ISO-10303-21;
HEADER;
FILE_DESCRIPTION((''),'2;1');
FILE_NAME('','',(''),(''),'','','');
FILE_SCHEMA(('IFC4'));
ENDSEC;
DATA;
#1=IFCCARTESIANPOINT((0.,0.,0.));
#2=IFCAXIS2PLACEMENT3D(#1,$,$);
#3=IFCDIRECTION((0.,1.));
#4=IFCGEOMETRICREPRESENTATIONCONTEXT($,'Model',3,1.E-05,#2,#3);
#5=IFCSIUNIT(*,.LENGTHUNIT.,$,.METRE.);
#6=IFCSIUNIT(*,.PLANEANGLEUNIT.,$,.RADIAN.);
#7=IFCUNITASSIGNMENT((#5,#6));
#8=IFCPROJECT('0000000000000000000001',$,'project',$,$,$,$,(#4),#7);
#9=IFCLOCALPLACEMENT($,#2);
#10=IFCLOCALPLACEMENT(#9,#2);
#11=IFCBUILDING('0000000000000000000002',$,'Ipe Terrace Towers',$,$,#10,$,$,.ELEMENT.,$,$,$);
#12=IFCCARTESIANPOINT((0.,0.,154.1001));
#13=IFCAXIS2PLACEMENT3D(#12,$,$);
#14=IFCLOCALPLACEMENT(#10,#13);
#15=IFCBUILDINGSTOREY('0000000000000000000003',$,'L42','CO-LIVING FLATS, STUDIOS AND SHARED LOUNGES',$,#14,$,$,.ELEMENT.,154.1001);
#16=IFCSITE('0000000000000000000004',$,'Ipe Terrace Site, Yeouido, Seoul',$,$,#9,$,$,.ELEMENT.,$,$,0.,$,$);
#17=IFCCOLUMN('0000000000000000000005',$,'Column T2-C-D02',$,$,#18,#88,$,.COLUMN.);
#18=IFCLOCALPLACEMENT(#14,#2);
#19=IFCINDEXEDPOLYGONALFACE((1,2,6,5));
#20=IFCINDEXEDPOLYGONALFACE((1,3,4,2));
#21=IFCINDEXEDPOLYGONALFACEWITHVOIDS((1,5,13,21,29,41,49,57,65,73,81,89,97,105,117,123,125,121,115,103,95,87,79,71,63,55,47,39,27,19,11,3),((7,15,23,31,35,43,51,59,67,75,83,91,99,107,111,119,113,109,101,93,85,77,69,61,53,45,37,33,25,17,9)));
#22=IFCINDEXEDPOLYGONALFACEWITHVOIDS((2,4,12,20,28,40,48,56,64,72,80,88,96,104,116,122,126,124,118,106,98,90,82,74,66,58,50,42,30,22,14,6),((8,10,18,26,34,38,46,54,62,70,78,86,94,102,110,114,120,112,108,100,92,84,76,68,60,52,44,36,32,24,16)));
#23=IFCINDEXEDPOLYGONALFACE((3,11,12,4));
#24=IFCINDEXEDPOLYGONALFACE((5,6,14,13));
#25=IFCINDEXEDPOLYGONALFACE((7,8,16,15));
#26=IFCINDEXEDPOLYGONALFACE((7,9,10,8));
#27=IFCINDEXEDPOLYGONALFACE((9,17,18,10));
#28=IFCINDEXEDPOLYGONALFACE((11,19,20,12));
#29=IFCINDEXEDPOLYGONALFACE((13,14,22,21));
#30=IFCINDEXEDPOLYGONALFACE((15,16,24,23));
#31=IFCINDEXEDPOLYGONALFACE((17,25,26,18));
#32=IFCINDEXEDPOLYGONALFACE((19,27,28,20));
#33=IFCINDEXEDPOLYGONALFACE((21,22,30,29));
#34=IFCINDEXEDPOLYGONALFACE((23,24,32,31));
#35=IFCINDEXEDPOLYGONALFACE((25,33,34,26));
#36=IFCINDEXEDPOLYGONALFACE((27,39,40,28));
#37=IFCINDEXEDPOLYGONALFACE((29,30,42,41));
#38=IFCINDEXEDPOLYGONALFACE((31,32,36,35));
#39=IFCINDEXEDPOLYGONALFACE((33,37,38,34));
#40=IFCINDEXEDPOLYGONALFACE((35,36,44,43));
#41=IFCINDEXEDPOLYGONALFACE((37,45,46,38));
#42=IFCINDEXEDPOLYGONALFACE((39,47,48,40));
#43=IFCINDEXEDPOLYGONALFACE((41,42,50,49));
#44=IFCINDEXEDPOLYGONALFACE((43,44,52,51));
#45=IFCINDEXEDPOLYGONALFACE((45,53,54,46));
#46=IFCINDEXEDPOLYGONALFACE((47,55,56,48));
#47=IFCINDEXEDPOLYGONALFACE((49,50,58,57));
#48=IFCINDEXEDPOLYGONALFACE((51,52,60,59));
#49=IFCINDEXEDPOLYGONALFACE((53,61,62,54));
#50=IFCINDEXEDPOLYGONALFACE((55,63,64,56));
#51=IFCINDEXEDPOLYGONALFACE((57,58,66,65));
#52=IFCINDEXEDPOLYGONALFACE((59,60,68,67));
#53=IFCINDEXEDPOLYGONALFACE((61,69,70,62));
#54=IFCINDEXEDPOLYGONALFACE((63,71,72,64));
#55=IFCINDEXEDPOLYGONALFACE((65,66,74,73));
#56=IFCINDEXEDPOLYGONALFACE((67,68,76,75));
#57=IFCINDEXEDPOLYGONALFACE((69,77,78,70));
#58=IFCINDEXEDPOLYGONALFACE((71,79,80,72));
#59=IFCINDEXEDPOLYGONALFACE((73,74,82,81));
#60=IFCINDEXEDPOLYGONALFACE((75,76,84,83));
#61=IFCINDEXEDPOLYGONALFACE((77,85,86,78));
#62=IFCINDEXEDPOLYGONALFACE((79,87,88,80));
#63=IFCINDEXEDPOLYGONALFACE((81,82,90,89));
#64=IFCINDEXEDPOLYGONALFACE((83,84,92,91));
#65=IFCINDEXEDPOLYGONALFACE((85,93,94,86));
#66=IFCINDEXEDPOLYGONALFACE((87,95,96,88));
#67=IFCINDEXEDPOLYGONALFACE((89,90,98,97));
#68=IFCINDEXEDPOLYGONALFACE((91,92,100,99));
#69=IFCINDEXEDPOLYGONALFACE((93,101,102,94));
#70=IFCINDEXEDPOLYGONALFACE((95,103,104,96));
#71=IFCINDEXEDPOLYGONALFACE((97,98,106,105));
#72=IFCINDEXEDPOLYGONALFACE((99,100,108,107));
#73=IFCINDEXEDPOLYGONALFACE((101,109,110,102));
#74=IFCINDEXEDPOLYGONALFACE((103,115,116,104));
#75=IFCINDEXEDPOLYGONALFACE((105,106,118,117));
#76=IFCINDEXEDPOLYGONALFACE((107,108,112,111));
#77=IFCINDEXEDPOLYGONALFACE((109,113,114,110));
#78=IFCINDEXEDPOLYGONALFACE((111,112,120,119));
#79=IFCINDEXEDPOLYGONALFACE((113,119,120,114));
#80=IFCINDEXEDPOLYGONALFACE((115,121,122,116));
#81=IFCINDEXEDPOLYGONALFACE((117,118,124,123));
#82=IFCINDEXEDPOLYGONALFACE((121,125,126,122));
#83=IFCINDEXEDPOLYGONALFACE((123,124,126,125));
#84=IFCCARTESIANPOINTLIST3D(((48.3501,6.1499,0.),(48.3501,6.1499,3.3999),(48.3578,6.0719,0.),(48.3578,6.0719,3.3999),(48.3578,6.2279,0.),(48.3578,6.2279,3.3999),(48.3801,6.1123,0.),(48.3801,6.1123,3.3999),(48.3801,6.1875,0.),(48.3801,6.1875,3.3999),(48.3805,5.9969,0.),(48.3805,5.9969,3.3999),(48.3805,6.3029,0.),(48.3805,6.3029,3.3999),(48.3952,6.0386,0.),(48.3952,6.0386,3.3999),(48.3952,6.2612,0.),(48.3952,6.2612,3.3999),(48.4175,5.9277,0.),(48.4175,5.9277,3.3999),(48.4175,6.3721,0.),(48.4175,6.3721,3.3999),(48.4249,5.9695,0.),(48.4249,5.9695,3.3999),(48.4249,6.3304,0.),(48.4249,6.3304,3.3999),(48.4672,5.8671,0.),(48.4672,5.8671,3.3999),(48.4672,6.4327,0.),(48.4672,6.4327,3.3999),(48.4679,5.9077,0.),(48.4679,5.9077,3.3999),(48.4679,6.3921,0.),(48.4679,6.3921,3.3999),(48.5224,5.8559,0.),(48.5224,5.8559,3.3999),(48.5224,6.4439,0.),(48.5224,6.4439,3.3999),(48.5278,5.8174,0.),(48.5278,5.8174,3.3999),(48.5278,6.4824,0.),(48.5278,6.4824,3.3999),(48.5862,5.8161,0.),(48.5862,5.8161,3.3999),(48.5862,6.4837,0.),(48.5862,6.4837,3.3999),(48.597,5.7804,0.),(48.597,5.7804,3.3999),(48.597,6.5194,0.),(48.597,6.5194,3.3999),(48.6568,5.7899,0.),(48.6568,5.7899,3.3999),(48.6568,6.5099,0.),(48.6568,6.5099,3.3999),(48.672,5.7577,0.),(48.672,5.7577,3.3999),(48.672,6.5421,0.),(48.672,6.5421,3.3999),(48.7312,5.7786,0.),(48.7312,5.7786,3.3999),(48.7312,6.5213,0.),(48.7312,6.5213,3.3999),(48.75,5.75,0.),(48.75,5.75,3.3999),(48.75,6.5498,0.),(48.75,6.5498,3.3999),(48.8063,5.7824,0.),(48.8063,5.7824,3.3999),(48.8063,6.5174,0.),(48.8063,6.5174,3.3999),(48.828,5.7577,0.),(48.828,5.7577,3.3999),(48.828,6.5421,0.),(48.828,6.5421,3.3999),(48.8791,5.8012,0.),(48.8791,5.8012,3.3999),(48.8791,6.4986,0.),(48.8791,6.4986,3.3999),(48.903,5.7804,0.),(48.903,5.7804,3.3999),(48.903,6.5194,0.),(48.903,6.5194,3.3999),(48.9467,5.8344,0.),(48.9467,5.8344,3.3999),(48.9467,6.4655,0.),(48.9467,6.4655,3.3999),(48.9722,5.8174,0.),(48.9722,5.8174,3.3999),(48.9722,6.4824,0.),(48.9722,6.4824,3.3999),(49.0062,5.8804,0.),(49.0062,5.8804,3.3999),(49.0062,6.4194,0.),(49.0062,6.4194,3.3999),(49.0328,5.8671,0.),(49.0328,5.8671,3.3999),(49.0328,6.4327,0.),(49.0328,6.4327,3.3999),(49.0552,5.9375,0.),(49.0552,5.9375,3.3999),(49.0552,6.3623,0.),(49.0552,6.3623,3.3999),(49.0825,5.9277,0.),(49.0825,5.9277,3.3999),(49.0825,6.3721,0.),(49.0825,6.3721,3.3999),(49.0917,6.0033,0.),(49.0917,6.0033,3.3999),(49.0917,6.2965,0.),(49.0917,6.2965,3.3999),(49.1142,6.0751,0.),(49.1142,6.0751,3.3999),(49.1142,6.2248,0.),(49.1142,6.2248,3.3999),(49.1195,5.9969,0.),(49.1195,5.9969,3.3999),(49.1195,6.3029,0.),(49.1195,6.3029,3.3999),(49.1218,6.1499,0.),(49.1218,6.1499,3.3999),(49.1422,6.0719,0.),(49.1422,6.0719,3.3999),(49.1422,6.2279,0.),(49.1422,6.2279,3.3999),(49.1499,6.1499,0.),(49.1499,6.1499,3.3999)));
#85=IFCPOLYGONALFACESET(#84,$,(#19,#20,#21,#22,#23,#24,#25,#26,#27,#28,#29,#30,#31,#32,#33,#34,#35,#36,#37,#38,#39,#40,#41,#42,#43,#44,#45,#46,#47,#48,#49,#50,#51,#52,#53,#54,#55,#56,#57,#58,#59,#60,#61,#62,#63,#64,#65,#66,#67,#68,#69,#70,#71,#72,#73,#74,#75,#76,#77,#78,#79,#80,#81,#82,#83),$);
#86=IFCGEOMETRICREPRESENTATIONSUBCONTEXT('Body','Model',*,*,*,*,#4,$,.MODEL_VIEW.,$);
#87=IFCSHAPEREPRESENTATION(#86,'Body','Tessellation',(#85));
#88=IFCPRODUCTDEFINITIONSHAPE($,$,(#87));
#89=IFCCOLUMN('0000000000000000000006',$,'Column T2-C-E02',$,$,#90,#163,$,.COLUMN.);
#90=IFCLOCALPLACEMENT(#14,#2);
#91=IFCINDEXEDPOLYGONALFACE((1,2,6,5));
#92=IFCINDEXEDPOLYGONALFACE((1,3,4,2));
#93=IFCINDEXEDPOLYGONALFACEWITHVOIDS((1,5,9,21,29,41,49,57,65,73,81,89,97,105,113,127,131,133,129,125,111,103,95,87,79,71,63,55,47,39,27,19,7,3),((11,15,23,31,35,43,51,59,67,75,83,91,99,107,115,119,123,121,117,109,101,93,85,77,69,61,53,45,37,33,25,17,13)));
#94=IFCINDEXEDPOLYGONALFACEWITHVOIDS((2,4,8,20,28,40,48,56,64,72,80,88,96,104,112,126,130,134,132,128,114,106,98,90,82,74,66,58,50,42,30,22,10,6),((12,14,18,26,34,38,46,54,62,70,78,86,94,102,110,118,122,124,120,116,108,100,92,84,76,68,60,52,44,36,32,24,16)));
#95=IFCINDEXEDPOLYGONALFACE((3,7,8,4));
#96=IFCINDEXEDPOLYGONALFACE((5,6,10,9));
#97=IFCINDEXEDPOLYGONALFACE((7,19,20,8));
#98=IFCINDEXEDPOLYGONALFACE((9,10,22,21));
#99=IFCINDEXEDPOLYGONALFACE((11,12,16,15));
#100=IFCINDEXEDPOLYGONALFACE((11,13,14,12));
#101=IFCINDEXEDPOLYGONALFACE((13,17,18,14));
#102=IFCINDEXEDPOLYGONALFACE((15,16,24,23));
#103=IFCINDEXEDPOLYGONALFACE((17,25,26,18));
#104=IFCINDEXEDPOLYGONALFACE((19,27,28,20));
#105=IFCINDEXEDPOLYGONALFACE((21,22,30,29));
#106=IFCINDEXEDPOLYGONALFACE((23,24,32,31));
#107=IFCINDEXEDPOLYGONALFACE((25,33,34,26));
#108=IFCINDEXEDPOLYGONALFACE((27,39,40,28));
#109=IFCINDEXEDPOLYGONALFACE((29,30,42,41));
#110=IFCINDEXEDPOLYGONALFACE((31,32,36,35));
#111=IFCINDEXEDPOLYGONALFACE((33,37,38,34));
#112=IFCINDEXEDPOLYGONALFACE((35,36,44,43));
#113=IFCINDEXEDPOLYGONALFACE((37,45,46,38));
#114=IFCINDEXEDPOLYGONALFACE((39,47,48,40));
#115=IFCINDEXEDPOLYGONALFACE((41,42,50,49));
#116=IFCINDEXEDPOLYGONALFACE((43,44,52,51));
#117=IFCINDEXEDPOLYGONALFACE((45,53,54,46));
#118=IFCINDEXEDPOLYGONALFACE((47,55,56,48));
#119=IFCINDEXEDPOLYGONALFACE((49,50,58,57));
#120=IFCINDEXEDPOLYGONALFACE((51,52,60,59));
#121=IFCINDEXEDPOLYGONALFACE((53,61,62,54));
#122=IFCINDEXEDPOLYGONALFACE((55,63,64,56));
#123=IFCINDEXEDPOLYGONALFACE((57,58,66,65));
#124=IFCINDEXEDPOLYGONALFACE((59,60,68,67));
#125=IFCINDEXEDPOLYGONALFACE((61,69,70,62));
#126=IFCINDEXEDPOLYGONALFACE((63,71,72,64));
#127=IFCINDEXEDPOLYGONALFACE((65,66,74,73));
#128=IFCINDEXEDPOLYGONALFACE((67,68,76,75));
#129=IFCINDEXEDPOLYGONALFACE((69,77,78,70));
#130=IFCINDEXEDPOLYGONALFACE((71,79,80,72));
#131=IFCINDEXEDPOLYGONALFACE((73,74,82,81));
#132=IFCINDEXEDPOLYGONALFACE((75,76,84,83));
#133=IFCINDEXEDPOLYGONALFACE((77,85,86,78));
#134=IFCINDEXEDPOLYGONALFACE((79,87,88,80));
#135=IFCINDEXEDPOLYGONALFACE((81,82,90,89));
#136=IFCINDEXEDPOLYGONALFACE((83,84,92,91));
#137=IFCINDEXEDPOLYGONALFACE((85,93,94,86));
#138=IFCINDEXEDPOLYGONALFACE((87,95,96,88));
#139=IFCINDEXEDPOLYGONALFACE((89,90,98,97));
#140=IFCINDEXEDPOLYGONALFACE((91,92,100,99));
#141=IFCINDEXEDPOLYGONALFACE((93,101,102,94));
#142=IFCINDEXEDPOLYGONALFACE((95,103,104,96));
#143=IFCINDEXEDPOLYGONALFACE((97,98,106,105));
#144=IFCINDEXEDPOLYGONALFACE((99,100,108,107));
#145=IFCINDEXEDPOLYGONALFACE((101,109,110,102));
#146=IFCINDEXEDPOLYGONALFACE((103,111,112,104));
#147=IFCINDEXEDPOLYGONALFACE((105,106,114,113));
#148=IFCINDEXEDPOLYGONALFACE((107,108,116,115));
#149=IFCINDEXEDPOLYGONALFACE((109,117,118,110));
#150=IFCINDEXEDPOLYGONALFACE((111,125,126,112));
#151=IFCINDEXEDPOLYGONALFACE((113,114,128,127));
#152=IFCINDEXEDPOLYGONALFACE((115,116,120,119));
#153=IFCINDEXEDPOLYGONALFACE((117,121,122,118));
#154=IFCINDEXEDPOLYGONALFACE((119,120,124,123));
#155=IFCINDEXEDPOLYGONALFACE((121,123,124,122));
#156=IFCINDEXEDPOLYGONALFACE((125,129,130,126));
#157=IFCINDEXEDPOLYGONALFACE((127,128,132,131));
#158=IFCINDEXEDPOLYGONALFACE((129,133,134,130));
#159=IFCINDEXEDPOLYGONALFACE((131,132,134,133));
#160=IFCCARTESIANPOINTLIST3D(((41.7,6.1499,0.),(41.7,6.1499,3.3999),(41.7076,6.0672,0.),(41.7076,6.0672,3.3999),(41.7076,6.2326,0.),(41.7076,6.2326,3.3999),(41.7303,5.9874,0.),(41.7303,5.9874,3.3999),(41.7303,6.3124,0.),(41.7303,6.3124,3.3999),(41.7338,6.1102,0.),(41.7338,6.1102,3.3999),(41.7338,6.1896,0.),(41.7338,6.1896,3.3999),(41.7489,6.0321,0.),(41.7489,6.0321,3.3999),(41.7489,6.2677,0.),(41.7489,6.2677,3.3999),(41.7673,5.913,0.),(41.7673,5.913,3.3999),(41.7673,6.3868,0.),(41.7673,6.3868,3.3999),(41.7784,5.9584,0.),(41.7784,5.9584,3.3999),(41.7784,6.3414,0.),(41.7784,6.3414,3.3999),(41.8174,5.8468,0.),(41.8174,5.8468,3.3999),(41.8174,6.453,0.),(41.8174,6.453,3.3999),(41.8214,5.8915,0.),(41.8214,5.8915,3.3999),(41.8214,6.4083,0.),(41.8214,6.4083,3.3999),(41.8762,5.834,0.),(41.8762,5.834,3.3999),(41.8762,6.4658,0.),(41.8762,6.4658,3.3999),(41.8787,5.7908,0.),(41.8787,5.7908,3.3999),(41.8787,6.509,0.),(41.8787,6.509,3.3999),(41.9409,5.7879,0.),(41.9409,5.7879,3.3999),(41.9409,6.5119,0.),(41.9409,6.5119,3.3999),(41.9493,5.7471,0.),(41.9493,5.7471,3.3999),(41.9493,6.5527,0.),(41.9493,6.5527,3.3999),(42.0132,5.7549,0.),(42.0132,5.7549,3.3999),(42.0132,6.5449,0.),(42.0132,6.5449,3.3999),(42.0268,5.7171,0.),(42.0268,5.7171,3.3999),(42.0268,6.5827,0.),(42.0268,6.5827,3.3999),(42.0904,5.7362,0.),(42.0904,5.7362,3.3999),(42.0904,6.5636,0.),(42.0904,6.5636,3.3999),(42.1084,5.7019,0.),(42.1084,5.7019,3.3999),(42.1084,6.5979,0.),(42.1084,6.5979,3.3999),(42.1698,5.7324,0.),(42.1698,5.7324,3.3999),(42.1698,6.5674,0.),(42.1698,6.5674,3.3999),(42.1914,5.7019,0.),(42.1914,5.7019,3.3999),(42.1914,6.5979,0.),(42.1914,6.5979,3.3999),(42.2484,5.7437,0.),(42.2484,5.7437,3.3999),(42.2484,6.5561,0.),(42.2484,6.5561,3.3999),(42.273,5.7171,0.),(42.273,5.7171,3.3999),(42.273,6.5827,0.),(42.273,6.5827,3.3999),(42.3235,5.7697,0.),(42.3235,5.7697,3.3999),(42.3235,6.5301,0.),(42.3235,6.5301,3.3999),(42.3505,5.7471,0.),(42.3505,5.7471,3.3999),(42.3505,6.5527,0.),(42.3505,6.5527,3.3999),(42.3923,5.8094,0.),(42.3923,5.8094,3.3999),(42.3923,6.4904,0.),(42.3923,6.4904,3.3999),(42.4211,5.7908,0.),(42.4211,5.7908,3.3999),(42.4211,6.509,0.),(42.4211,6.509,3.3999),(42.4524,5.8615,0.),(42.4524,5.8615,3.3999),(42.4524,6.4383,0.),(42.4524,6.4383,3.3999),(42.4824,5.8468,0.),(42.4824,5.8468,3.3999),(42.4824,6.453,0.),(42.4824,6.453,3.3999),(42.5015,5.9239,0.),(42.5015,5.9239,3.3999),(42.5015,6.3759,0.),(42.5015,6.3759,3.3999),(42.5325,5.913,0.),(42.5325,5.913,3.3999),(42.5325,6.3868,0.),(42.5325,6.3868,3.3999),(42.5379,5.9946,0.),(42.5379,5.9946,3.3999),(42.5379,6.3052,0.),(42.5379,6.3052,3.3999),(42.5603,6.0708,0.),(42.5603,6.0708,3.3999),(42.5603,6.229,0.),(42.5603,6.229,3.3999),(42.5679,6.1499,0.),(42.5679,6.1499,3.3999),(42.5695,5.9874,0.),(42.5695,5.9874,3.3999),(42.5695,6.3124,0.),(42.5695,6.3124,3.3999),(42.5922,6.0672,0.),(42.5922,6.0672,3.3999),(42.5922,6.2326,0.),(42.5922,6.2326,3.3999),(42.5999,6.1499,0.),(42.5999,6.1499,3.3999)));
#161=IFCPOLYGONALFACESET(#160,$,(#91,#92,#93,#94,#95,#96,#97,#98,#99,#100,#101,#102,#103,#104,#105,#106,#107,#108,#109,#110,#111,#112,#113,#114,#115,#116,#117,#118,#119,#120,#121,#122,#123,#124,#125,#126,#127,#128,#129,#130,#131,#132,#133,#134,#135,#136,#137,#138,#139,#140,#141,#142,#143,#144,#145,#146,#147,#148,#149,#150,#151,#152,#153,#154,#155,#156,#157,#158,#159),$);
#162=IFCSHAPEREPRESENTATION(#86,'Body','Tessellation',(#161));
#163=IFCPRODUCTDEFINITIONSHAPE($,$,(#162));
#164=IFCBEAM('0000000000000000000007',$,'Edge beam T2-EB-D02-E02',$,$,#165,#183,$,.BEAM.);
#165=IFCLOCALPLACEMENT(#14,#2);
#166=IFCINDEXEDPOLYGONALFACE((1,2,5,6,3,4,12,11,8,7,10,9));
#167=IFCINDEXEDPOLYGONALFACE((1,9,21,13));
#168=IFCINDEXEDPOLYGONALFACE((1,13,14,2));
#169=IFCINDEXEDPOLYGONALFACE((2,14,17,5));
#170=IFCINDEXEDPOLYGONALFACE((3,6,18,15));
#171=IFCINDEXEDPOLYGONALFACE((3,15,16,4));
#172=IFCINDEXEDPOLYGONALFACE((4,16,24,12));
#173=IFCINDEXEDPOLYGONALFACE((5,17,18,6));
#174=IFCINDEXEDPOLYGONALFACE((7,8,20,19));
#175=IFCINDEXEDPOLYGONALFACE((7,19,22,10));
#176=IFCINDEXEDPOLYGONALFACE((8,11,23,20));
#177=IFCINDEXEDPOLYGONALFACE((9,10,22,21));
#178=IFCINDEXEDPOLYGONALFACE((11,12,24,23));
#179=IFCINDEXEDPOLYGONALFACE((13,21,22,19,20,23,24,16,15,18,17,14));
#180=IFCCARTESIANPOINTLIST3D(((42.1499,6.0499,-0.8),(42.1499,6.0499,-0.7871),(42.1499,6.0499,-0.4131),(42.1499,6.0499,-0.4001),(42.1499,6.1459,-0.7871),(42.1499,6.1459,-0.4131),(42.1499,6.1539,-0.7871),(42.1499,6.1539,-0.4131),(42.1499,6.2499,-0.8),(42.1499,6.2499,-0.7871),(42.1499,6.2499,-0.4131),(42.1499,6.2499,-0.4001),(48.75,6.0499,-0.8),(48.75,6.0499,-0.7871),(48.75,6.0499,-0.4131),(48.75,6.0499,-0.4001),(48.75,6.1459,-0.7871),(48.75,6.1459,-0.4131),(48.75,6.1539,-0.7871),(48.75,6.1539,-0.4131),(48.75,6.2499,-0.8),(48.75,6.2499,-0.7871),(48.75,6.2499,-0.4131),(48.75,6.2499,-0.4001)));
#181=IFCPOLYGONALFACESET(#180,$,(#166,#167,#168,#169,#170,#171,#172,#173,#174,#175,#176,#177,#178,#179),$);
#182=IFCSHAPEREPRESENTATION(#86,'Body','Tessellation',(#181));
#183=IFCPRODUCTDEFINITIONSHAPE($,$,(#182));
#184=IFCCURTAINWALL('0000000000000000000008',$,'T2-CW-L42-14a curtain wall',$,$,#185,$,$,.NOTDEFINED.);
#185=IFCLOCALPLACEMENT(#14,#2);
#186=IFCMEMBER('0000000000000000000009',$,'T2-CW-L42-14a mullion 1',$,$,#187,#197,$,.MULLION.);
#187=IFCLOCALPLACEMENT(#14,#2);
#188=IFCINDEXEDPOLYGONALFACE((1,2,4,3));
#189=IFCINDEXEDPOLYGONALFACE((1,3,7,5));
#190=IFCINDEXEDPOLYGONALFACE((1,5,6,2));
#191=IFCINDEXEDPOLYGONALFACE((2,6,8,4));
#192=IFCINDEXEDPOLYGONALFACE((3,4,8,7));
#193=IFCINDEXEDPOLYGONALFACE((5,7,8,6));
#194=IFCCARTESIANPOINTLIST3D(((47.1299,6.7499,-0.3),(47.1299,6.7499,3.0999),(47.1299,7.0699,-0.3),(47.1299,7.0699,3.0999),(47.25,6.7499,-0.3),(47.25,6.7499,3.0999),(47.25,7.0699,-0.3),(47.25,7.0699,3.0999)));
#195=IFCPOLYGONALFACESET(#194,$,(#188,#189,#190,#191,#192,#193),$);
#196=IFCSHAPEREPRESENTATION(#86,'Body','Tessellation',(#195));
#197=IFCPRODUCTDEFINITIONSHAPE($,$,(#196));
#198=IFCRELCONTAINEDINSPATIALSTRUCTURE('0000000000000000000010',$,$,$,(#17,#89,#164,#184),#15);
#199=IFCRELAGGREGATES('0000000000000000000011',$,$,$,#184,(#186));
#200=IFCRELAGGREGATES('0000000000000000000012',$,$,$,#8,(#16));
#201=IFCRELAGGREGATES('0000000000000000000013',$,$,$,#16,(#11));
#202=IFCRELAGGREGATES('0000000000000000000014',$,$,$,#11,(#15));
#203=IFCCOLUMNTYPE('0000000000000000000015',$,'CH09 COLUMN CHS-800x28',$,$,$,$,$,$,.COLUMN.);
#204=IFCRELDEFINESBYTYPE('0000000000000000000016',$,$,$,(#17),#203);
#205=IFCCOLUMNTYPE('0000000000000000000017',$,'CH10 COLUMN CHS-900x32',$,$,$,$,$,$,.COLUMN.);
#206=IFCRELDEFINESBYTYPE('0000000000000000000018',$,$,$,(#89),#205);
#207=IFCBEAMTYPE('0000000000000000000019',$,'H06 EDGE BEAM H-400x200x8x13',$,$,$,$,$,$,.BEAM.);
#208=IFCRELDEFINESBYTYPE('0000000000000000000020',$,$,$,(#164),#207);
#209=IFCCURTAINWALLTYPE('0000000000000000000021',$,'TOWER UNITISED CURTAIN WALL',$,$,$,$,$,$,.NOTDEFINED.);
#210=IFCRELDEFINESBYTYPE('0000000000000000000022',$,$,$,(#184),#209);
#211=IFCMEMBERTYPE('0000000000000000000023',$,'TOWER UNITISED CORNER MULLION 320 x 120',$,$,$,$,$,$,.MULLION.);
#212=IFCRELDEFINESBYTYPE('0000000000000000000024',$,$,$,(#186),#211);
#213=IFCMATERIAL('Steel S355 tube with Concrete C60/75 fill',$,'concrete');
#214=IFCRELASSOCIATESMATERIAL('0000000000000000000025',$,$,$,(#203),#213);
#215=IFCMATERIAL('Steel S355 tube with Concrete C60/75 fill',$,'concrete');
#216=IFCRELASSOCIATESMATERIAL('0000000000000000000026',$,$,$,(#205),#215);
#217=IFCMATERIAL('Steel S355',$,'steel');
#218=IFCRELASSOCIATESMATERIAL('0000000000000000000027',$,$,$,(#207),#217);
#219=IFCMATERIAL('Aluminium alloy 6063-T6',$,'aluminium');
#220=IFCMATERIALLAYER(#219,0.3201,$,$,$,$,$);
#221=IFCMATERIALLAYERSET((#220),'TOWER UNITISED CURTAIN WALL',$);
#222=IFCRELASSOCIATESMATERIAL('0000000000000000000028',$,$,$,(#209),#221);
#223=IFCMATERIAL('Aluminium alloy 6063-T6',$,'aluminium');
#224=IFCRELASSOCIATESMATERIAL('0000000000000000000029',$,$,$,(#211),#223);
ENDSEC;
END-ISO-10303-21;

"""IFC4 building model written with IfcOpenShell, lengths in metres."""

from ifc_helpers import new_model, si_unit, direction, frame, origin, origin_2d, place, context, subcontext, project, spatial, rectangle, hollow_circle, i_section, extrude, material, layer, layer_set, material_profile, profile_set, type_object, element, aggregate, save


model = new_model("IFC4")

# Units and contexts
model_context = context("Model", 3, precision=1e-05, world=origin(), true_north=direction((0.0, 1.0)))
body_context = subcontext(model_context, "Body", "Model", "MODEL_VIEW")
ifc_project = project(units=[si_unit("LENGTHUNIT", "METRE"), si_unit("PLANEANGLEUNIT", "RADIAN")], contexts=[model_context])

# Site, building, storey
site_placement = place(None, origin())
site = spatial("IfcSite", under=ifc_project, at=site_placement, Name="Ipe Terrace Site, Yeouido, Seoul", CompositionType="ELEMENT", RefElevation=0.0)
building_placement = place(site_placement, origin())
building = spatial("IfcBuilding", under=site, at=building_placement, Name="Ipe Terrace Towers", CompositionType="ELEMENT")
storey_placement = place(building_placement, frame((0.0, 0.0, 154.1001)))
storey = spatial("IfcBuildingStorey", under=building, at=storey_placement, Name="L42", Description="CO-LIVING FLATS, STUDIOS AND SHARED LOUNGES", CompositionType="ELEMENT", Elevation=154.1001)

# Columns
ifc_material_1 = material(Name="Steel S355 tube with Concrete C60/75 fill", Category="concrete")
ifc_material_profile_1 = material_profile(ifc_material_1, hollow_circle(Radius=0.3999, WallThickness=0.0281, at=origin_2d()), Name="CHS-800x28")
ifc_profile_set_1 = profile_set([ifc_material_profile_1], Name="Steel S355 tube with Concrete C60/75 fill")
column_type_1 = type_object("IfcColumnType", Name="CH09 COLUMN CHS-800x28", PredefinedType="COLUMN", material=ifc_profile_set_1)
column_1_placement = place(storey_placement, frame((48.75, 6.1499, 0.0), z_axis=(0.0, 0.0, 1.0), x_axis=(1.0, 0.0, 0.0)))
element("IfcColumn", 1, at=column_1_placement, inside=storey, type_object=column_type_1, Name="Column T2-C-D02", PredefinedType="COLUMN", context=body_context, shape_type="SweptSolid", body=[
    extrude(hollow_circle(Radius=0.3999, WallThickness=0.0281, at=origin_2d()), origin(), (0.0, 0.0, 1.0), 3.3999),
])
ifc_material_2 = material(Name="Steel S355 tube with Concrete C60/75 fill", Category="concrete")
ifc_material_profile_2 = material_profile(ifc_material_2, hollow_circle(Radius=0.45, WallThickness=0.032, at=origin_2d()), Name="CHS-900x32")
ifc_profile_set_2 = profile_set([ifc_material_profile_2], Name="Steel S355 tube with Concrete C60/75 fill")
column_type_2 = type_object("IfcColumnType", Name="CH10 COLUMN CHS-900x32", PredefinedType="COLUMN", material=ifc_profile_set_2)
column_2_placement = place(storey_placement, frame((42.1499, 6.1499, 0.0), z_axis=(0.0, 0.0, 1.0), x_axis=(1.0, 0.0, 0.0)))
element("IfcColumn", 2, at=column_2_placement, inside=storey, type_object=column_type_2, Name="Column T2-C-E02", PredefinedType="COLUMN", context=body_context, shape_type="SweptSolid", body=[
    extrude(hollow_circle(Radius=0.45, WallThickness=0.032, at=origin_2d()), origin(), (0.0, 0.0, 1.0), 3.3999),
])

# Beam
ifc_material_3 = material(Name="Steel S355", Category="steel")
ifc_material_profile_3 = material_profile(ifc_material_3, i_section(OverallWidth=0.2, OverallDepth=0.3999, WebThickness=0.0081, FlangeThickness=0.0129, at=origin_2d()), Name="H-400x200x8x13")
ifc_profile_set_3 = profile_set([ifc_material_profile_3], Name="Steel S355")
beam_type = type_object("IfcBeamType", Name="H06 EDGE BEAM H-400x200x8x13", PredefinedType="BEAM", material=ifc_profile_set_3)
beam_placement = place(storey_placement, frame((48.75, 6.1499, -0.6001), z_axis=(-1.0, 0.0, 0.0), x_axis=(0.0, -1.0, 0.0)))
element("IfcBeam", 3, at=beam_placement, inside=storey, type_object=beam_type, Name="Edge beam T2-EB-D02-E02", PredefinedType="BEAM", context=body_context, shape_type="SweptSolid", body=[
    extrude(i_section(OverallWidth=0.2, OverallDepth=0.3999, WebThickness=0.0081, FlangeThickness=0.0129, at=origin_2d()), origin(), (0.0, 0.0, 1.0), 6.6001),
])

# Curtain wall, member
ifc_material_4 = material(Name="Aluminium alloy 6063-T6", Category="aluminium")
ifc_layer_1 = layer(ifc_material_4, 0.3201)
ifc_layer_set_1 = layer_set([ifc_layer_1], Name="TOWER UNITISED CURTAIN WALL")
curtain_wall_type = type_object("IfcCurtainWallType", Name="TOWER UNITISED CURTAIN WALL", PredefinedType="NOTDEFINED", material=ifc_layer_set_1)
curtain_wall_placement = place(storey_placement, origin())
curtain_wall = element("IfcCurtainWall", 4, at=curtain_wall_placement, inside=storey, type_object=curtain_wall_type, Name="T2-CW-L42-14a curtain wall", PredefinedType="NOTDEFINED")
ifc_material_5 = material(Name="Aluminium alloy 6063-T6", Category="aluminium")
ifc_material_profile_4 = material_profile(ifc_material_5, rectangle(XDim=0.3201, YDim=0.1201, at=origin_2d()), Name="TOWER UNITISED CORNER MULLION 320 x 120")
ifc_profile_set_4 = profile_set([ifc_material_profile_4], Name="Aluminium alloy 6063-T6")
member_type = type_object("IfcMemberType", Name="TOWER UNITISED CORNER MULLION 320 x 120", PredefinedType="MULLION", material=ifc_profile_set_4)
member_1_placement = place(storey_placement, frame((47.1899, 6.9099, -0.3), z_axis=(0.0, 0.0, 1.0), x_axis=(0.0, 1.0, 0.0)))
member_1 = element("IfcMember", 5, at=member_1_placement, type_object=member_type, Name="T2-CW-L42-14a mullion 1", PredefinedType="MULLION", context=body_context, shape_type="SweptSolid", body=[
    extrude(rectangle(XDim=0.3201, YDim=0.1201, at=origin_2d()), origin(), (0.0, 0.0, 1.0), 3.3999),
])
aggregate(curtain_wall, [member_1])

save(model, "model.ifc")
